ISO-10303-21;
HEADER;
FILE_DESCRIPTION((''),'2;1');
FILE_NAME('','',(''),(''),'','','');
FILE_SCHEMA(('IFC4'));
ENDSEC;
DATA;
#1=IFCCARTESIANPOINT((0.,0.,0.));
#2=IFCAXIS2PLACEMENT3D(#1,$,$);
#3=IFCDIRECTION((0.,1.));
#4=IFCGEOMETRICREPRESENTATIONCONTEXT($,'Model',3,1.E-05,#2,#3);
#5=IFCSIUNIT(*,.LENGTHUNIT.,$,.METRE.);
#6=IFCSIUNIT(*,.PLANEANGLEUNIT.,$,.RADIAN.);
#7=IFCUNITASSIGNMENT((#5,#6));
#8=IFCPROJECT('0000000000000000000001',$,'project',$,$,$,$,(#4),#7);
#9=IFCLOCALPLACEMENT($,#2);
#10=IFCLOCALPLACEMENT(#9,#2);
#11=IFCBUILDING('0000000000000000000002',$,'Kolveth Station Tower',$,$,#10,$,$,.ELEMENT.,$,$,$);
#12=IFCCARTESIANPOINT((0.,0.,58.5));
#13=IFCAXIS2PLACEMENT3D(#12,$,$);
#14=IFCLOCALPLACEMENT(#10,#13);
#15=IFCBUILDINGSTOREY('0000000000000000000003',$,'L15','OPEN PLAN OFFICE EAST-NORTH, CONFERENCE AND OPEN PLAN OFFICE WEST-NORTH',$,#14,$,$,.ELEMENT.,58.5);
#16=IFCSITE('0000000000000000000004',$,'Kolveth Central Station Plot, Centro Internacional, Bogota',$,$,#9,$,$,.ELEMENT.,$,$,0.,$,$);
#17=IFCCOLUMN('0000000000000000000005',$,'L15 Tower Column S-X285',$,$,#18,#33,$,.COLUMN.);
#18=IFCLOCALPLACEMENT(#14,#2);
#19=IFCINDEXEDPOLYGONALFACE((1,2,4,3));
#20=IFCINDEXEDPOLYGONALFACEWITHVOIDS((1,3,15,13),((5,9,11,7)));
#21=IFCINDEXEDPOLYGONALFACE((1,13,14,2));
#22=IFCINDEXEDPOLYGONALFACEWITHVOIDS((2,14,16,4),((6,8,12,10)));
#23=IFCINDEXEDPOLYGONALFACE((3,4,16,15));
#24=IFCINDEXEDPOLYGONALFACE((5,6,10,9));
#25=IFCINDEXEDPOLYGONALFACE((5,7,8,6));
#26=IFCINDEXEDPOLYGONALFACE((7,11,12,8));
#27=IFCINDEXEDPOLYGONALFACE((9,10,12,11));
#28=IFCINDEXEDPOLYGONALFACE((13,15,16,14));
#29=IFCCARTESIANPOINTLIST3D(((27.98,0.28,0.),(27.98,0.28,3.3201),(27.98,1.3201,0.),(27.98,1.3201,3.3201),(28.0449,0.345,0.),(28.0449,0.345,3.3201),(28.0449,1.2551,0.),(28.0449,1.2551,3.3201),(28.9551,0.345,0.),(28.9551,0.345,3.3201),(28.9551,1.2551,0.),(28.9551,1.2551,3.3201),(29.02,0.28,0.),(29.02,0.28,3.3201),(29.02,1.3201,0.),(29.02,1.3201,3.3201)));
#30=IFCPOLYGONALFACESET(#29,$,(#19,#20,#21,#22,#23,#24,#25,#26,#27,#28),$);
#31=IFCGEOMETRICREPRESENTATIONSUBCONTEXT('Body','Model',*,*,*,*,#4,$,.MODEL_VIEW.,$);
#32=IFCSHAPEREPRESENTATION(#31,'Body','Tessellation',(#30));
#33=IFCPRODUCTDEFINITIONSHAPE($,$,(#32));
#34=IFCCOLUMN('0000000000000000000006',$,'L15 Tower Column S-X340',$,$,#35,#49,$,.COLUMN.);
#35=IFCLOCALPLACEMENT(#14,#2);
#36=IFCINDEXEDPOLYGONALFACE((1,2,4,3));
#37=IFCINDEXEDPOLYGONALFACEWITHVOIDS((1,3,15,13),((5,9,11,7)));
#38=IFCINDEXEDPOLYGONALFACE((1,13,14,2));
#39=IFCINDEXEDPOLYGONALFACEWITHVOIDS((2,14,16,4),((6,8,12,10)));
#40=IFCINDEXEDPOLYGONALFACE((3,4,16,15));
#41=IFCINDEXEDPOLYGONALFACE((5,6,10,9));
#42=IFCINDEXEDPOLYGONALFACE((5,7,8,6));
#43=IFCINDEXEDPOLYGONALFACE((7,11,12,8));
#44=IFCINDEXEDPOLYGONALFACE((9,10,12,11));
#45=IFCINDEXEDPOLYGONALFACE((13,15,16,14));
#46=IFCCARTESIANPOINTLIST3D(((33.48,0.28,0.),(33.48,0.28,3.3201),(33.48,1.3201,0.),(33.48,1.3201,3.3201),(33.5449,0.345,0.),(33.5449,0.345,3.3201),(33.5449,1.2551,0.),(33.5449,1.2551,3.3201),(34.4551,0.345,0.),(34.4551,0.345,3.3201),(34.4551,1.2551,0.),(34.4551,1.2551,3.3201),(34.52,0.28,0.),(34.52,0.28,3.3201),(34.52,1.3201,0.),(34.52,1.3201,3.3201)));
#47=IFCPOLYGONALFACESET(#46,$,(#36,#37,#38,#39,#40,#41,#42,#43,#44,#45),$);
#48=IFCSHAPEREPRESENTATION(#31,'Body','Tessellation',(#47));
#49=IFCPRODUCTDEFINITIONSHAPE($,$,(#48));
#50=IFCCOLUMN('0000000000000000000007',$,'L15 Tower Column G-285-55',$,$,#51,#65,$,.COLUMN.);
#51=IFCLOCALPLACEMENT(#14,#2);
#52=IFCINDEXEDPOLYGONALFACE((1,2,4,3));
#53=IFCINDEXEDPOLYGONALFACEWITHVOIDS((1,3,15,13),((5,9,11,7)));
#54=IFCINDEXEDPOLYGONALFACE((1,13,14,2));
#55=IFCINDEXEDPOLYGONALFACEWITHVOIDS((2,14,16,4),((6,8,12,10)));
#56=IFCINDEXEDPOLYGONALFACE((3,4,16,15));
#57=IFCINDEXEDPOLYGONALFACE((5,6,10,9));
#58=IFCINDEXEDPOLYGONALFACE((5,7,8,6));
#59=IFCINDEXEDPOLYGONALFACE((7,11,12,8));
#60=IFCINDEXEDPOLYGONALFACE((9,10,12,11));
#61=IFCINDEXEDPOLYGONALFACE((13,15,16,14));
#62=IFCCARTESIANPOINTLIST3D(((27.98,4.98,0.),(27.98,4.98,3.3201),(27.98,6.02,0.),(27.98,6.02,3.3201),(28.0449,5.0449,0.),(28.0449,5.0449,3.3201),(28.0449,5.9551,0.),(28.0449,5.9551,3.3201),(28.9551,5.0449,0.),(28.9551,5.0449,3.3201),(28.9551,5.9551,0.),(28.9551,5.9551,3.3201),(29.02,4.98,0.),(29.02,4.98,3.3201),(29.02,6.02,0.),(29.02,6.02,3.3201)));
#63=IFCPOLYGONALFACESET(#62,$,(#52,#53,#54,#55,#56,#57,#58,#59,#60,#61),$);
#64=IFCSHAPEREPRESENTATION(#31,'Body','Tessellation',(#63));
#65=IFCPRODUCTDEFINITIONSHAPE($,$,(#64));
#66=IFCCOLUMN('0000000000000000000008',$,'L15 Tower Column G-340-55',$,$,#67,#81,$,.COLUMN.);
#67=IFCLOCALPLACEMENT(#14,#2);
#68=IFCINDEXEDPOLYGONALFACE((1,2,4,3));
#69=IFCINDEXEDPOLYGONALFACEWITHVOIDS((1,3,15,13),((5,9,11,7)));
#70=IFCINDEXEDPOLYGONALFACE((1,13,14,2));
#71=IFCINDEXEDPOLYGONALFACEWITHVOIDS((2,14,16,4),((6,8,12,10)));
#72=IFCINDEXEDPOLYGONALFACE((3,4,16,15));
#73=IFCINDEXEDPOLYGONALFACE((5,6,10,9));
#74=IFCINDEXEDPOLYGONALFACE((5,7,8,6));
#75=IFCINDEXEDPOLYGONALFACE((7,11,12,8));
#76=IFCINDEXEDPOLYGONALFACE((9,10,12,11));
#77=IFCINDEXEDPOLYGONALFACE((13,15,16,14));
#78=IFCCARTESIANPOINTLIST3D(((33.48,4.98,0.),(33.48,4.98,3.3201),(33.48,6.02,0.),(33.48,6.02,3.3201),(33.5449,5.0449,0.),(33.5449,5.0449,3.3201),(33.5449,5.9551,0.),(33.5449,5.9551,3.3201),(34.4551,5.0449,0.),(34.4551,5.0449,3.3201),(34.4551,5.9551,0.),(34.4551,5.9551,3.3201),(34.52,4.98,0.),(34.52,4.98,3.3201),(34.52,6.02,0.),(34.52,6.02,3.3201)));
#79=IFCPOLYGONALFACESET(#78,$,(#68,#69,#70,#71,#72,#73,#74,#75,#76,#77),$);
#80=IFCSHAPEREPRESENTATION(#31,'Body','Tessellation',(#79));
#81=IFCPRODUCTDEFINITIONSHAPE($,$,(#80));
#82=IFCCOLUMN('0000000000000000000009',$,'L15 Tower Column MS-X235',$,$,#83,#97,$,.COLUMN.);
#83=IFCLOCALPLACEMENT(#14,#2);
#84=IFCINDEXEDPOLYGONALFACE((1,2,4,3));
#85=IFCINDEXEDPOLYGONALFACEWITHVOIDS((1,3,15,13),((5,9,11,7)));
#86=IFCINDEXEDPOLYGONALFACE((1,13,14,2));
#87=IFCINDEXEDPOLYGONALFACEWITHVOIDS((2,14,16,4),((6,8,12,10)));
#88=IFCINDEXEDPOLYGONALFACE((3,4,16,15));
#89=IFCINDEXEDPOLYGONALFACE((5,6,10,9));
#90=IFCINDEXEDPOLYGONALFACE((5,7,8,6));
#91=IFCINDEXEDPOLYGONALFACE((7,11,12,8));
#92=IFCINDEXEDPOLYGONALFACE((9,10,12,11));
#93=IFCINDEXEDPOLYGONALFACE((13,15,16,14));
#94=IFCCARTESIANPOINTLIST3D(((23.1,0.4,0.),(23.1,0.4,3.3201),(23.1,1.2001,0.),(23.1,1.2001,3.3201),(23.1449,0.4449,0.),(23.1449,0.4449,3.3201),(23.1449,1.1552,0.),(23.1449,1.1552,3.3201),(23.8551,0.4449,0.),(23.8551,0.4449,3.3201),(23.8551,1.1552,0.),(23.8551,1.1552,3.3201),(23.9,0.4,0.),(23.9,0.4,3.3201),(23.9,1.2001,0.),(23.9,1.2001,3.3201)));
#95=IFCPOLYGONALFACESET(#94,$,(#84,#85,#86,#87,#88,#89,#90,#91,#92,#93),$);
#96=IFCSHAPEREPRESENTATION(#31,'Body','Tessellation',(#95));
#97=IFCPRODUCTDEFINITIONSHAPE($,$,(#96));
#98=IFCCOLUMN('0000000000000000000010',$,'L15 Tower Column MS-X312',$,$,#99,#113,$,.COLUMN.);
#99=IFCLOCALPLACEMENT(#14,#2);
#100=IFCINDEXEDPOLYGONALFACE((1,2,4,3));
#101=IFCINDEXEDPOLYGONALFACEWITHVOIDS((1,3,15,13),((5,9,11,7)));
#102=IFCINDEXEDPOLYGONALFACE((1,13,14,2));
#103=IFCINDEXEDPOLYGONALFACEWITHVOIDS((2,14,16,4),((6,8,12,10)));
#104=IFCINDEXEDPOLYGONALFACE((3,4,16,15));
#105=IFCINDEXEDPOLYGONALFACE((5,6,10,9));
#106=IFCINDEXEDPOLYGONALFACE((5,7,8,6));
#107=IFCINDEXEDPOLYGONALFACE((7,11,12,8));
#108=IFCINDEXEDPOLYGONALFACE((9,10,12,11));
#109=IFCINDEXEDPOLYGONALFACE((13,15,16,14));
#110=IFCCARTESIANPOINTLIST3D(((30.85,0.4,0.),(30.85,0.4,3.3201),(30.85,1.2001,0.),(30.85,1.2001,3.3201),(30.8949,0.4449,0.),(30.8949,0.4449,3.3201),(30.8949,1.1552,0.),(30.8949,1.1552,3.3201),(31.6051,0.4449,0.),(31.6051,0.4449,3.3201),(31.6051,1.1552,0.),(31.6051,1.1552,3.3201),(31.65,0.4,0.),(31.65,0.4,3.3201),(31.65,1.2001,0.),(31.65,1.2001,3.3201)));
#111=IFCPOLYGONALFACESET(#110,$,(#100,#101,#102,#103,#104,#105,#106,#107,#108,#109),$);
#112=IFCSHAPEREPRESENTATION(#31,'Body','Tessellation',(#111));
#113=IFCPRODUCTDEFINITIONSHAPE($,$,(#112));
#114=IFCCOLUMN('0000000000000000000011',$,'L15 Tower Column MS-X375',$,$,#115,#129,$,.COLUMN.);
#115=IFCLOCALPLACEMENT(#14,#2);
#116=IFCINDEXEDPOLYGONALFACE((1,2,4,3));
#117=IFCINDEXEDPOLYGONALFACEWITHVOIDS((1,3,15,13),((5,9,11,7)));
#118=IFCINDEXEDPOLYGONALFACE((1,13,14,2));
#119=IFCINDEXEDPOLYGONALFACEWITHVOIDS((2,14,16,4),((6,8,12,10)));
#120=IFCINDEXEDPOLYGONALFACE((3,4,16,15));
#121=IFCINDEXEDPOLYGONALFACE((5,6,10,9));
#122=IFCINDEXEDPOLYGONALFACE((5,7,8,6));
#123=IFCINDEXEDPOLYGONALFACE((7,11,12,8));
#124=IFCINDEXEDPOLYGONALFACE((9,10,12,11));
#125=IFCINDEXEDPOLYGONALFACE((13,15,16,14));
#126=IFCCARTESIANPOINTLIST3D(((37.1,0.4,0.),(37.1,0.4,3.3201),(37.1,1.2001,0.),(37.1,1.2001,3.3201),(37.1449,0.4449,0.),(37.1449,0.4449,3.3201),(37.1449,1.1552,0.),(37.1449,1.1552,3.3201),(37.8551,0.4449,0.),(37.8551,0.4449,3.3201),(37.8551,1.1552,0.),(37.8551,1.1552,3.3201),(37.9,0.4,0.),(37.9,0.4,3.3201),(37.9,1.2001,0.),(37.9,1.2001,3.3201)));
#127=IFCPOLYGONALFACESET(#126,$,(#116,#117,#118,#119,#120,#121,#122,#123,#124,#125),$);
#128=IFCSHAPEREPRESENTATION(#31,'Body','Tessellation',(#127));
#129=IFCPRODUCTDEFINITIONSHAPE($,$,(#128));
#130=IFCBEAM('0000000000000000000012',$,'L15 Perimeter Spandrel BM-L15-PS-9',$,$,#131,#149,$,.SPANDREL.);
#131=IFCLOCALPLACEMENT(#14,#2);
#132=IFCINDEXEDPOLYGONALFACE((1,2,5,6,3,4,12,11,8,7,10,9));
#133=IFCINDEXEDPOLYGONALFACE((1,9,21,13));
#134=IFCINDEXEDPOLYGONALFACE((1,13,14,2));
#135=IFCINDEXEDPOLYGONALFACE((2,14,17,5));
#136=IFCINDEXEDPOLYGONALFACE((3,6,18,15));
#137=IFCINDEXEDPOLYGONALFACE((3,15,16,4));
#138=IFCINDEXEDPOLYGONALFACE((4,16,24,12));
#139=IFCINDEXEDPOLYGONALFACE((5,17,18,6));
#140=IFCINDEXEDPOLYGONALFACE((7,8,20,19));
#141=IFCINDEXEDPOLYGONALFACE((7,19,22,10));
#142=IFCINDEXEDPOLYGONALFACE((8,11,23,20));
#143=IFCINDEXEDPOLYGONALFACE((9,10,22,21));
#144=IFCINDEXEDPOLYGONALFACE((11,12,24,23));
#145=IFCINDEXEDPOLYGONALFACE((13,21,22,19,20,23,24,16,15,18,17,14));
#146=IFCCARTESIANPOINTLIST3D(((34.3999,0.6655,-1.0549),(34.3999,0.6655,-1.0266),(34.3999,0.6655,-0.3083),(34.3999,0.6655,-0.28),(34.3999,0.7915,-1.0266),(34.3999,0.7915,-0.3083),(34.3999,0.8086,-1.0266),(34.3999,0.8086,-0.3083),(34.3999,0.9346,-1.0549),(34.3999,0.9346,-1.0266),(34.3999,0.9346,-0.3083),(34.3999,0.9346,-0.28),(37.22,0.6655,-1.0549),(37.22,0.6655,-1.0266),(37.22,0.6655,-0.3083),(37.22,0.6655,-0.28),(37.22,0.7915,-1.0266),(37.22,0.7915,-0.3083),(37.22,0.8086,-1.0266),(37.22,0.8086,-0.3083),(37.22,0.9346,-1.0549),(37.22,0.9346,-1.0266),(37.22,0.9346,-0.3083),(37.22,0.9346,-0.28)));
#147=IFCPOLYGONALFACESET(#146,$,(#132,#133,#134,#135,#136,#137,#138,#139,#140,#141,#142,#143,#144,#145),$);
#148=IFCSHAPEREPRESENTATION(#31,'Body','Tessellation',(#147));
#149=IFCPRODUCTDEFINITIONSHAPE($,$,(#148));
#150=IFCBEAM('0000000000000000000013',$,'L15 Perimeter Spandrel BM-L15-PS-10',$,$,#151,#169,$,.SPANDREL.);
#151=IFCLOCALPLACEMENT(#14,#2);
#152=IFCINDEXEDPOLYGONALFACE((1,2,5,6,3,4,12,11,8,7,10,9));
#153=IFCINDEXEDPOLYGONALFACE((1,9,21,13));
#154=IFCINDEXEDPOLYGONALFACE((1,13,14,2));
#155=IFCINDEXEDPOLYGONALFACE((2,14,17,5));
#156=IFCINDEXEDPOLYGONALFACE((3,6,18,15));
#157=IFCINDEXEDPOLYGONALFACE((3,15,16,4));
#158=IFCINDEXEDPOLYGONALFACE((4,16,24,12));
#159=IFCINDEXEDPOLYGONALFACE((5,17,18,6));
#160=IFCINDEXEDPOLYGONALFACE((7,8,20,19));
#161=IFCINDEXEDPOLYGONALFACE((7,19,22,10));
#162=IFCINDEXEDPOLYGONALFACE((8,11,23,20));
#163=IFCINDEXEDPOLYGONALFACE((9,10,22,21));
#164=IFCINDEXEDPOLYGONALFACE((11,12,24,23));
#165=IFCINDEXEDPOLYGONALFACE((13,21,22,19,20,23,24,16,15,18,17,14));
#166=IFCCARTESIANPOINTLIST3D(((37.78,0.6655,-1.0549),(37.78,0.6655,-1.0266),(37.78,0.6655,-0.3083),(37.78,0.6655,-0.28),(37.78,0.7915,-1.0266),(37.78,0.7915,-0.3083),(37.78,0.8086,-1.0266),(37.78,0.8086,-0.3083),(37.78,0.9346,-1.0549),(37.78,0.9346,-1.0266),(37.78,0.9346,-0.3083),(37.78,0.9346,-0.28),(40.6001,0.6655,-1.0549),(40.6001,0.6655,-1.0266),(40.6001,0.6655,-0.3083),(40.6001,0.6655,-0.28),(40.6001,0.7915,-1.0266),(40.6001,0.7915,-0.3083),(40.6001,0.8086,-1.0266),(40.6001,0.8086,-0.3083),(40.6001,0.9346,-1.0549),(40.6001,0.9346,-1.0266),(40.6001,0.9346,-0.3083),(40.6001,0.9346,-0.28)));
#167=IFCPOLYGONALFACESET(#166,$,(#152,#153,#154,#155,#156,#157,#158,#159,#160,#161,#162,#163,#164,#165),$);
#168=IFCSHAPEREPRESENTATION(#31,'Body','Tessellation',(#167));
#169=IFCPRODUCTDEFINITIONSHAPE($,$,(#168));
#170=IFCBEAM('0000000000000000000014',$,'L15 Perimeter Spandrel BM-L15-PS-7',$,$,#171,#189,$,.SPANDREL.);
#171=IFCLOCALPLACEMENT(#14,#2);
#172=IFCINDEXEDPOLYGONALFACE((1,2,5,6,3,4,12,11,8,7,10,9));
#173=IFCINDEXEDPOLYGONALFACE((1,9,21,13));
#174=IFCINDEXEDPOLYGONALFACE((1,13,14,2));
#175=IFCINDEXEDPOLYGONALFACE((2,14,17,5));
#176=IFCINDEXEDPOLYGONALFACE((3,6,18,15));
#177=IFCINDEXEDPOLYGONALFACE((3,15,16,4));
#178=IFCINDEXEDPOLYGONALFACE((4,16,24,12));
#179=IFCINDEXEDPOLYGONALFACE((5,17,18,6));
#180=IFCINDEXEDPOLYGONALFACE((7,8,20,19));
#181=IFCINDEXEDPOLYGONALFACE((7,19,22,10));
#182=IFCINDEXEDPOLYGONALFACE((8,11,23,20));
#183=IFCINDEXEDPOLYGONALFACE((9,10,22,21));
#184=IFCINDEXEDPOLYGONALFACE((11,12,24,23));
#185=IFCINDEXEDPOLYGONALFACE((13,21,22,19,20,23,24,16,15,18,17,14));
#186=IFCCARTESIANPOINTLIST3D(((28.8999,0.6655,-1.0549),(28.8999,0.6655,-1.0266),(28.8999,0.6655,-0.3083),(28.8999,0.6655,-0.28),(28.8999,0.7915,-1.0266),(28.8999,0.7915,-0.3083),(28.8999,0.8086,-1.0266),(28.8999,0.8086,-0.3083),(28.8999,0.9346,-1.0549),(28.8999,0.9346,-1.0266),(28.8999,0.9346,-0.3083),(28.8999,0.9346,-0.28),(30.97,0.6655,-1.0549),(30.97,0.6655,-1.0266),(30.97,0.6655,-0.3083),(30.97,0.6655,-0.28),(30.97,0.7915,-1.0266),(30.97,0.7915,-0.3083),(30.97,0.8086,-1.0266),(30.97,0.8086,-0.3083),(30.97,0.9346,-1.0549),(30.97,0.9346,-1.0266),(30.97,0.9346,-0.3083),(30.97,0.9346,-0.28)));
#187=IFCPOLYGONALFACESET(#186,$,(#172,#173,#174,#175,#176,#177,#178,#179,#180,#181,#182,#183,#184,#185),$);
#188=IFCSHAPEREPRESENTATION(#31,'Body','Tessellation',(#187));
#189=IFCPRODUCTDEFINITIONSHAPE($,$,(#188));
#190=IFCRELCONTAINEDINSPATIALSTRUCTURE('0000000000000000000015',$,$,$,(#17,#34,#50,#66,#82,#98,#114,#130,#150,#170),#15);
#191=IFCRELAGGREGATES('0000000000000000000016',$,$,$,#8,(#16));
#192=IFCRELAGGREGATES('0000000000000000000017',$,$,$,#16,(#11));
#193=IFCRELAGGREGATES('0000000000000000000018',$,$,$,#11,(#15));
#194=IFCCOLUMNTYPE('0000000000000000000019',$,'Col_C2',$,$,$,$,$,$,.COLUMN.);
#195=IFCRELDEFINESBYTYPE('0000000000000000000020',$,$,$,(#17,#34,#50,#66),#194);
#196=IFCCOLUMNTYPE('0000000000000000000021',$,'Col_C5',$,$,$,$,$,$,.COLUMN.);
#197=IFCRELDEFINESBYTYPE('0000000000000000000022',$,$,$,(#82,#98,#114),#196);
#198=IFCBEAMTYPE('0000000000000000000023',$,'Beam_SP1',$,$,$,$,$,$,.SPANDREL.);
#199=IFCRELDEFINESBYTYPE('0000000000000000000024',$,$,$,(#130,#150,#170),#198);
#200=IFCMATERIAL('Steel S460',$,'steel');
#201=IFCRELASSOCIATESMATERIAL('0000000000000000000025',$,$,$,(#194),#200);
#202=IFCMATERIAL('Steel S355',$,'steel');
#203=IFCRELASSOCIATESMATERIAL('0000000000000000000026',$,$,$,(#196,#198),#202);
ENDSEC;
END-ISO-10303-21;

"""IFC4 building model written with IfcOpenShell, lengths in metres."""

from ifc_helpers import new_model, si_unit, direction, frame, origin, origin_2d, place, context, subcontext, project, spatial, hollow_rectangle, i_section, extrude, source, transform, mapped, material, material_profile, profile_set, type_object, element, save


model = new_model("IFC4")

# Units and contexts
model_context = context("Model", 3, precision=1e-05, world=origin(), true_north=direction((0.0, 1.0)))
body_context = subcontext(model_context, "Body", "Model", "MODEL_VIEW")
ifc_project = project(units=[si_unit("LENGTHUNIT", "METRE"), si_unit("PLANEANGLEUNIT", "RADIAN")], contexts=[model_context])

# Site, building, storey
site_placement = place(None, origin())
site = spatial("IfcSite", under=ifc_project, at=site_placement, Name="Kolveth Central Station Plot, Centro Internacional, Bogota", CompositionType="ELEMENT", RefElevation=0.0)
building_placement = place(site_placement, origin())
building = spatial("IfcBuilding", under=site, at=building_placement, Name="Kolveth Station Tower", CompositionType="ELEMENT")
storey_placement = place(building_placement, frame((0.0, 0.0, 58.5)))
storey = spatial("IfcBuildingStorey", under=building, at=storey_placement, Name="L15", Description="OPEN PLAN OFFICE EAST-NORTH, CONFERENCE AND OPEN PLAN OFFICE WEST-NORTH", CompositionType="ELEMENT", Elevation=58.5)

# Columns
ifc_material_1 = material(Name="Steel S460", Category="steel")
ifc_material_profile_1 = material_profile(ifc_material_1, hollow_rectangle(XDim=1.04, YDim=1.04, WallThickness=0.0649, at=origin_2d()), Name="BOX1040x1040x65")
ifc_profile_set_1 = profile_set([ifc_material_profile_1], Name="Steel S460")
column_type_1 = type_object("IfcColumnType", Name="Col_C2", PredefinedType="COLUMN", material=ifc_profile_set_1)
shared_shape_1 = source(origin(), body_context, "Body", "SweptSolid", [
    extrude(hollow_rectangle(XDim=1.04, YDim=1.04, WallThickness=0.0649, at=origin_2d()), origin(), (0.0, 0.0, 1.0), 3.3201),
])
for number, where, z_axis, x_axis, name in (
    (1, (28.5, 0.8, 0.0), (0.0, 0.0, 1.0), (1.0, 0.0, 0.0), "L15 Tower Column S-X285"),
    (2, (34.0, 0.8, 0.0), (0.0, 0.0, 1.0), (1.0, 0.0, 0.0), "L15 Tower Column S-X340"),
    (3, (28.5, 5.5, 0.0), (0.0, 0.0, 1.0), (1.0, 0.0, 0.0), "L15 Tower Column G-285-55"),
    (4, (34.0, 5.5, 0.0), (0.0, 0.0, 1.0), (1.0, 0.0, 0.0), "L15 Tower Column G-340-55"),
):
    element("IfcColumn", number, at=place(storey_placement, frame(where, z_axis=z_axis, x_axis=x_axis)), inside=storey, type_object=column_type_1, Name=name, PredefinedType="COLUMN", context=body_context, shape_type="MappedRepresentation", body=[
        mapped(shared_shape_1, transform((0.0, 0.0, 0.0), x_axis=(1.0, 0.0, 0.0), y_axis=(0.0, 1.0, 0.0), z_axis=(0.0, 0.0, 1.0), scale=1.0)),
    ])
ifc_material_2 = material(Name="Steel S355", Category="steel")
ifc_material_profile_2 = material_profile(ifc_material_2, hollow_rectangle(XDim=0.8, YDim=0.8, WallThickness=0.0449, at=origin_2d()), Name="BOX800x800x45")
ifc_profile_set_2 = profile_set([ifc_material_profile_2], Name="Steel S355")
column_type_2 = type_object("IfcColumnType", Name="Col_C5", PredefinedType="COLUMN", material=ifc_profile_set_2)
shared_shape_2 = source(origin(), body_context, "Body", "SweptSolid", [
    extrude(hollow_rectangle(XDim=0.8, YDim=0.8, WallThickness=0.0449, at=origin_2d()), origin(), (0.0, 0.0, 1.0), 3.3201),
])
for number, where, z_axis, x_axis, name in (
    (5, (23.5, 0.8, 0.0), (0.0, 0.0, 1.0), (1.0, 0.0, 0.0), "L15 Tower Column MS-X235"),
    (6, (31.25, 0.8, 0.0), (0.0, 0.0, 1.0), (1.0, 0.0, 0.0), "L15 Tower Column MS-X312"),
    (7, (37.5, 0.8, 0.0), (0.0, 0.0, 1.0), (1.0, 0.0, 0.0), "L15 Tower Column MS-X375"),
):
    element("IfcColumn", number, at=place(storey_placement, frame(where, z_axis=z_axis, x_axis=x_axis)), inside=storey, type_object=column_type_2, Name=name, PredefinedType="COLUMN", context=body_context, shape_type="MappedRepresentation", body=[
        mapped(shared_shape_2, transform((0.0, 0.0, 0.0), x_axis=(1.0, 0.0, 0.0), y_axis=(0.0, 1.0, 0.0), z_axis=(0.0, 0.0, 1.0), scale=1.0)),
    ])

# Beams
ifc_material_profile_3 = material_profile(ifc_material_2, i_section(OverallWidth=0.269, OverallDepth=0.7749, WebThickness=0.0171, FlangeThickness=0.0283, at=origin_2d()), Name="W760x220")
ifc_profile_set_3 = profile_set([ifc_material_profile_3], Name="Steel S355")
beam_type_1 = type_object("IfcBeamType", Name="Beam_SP1", PredefinedType="SPANDREL", material=ifc_profile_set_3)
shared_shape_3 = source(origin(), body_context, "Body", "SweptSolid", [
    extrude(i_section(OverallWidth=0.269, OverallDepth=0.7749, WebThickness=0.0171, FlangeThickness=0.0283, at=origin_2d()), origin(), (0.0, 0.0, 1.0), 2.8201),
])
for number, where, z_axis, x_axis, name in (
    (8, (34.3999, 0.8, -0.6675), (1.0, 0.0, 0.0), (0.0, 1.0, 0.0), "L15 Perimeter Spandrel BM-L15-PS-9"),
    (9, (37.78, 0.8, -0.6675), (1.0, 0.0, 0.0), (0.0, 1.0, 0.0), "L15 Perimeter Spandrel BM-L15-PS-10"),
):
    element("IfcBeam", number, at=place(storey_placement, frame(where, z_axis=z_axis, x_axis=x_axis)), inside=storey, type_object=beam_type_1, Name=name, PredefinedType="SPANDREL", context=body_context, shape_type="MappedRepresentation", body=[
        mapped(shared_shape_3, transform((0.0, 0.0, 0.0), x_axis=(1.0, 0.0, 0.0), y_axis=(0.0, 1.0, 0.0), z_axis=(0.0, 0.0, 1.0), scale=1.0)),
    ])
shared_shape_4 = source(origin(), body_context, "Body", "SweptSolid", [
    extrude(i_section(OverallWidth=0.269, OverallDepth=0.7749, WebThickness=0.0171, FlangeThickness=0.0283, at=origin_2d()), origin(), (0.0, 0.0, 1.0), 2.0701),
])
for number, where, z_axis, x_axis, name in (
    (10, (28.8999, 0.8, -0.6675), (1.0, 0.0, 0.0), (0.0, 1.0, 0.0), "L15 Perimeter Spandrel BM-L15-PS-7"),
):
    element("IfcBeam", number, at=place(storey_placement, frame(where, z_axis=z_axis, x_axis=x_axis)), inside=storey, type_object=beam_type_1, Name=name, PredefinedType="SPANDREL", context=body_context, shape_type="MappedRepresentation", body=[
        mapped(shared_shape_4, transform((0.0, 0.0, 0.0), x_axis=(1.0, 0.0, 0.0), y_axis=(0.0, 1.0, 0.0), z_axis=(0.0, 0.0, 1.0), scale=1.0)),
    ])

save(model, "model.ifc")
